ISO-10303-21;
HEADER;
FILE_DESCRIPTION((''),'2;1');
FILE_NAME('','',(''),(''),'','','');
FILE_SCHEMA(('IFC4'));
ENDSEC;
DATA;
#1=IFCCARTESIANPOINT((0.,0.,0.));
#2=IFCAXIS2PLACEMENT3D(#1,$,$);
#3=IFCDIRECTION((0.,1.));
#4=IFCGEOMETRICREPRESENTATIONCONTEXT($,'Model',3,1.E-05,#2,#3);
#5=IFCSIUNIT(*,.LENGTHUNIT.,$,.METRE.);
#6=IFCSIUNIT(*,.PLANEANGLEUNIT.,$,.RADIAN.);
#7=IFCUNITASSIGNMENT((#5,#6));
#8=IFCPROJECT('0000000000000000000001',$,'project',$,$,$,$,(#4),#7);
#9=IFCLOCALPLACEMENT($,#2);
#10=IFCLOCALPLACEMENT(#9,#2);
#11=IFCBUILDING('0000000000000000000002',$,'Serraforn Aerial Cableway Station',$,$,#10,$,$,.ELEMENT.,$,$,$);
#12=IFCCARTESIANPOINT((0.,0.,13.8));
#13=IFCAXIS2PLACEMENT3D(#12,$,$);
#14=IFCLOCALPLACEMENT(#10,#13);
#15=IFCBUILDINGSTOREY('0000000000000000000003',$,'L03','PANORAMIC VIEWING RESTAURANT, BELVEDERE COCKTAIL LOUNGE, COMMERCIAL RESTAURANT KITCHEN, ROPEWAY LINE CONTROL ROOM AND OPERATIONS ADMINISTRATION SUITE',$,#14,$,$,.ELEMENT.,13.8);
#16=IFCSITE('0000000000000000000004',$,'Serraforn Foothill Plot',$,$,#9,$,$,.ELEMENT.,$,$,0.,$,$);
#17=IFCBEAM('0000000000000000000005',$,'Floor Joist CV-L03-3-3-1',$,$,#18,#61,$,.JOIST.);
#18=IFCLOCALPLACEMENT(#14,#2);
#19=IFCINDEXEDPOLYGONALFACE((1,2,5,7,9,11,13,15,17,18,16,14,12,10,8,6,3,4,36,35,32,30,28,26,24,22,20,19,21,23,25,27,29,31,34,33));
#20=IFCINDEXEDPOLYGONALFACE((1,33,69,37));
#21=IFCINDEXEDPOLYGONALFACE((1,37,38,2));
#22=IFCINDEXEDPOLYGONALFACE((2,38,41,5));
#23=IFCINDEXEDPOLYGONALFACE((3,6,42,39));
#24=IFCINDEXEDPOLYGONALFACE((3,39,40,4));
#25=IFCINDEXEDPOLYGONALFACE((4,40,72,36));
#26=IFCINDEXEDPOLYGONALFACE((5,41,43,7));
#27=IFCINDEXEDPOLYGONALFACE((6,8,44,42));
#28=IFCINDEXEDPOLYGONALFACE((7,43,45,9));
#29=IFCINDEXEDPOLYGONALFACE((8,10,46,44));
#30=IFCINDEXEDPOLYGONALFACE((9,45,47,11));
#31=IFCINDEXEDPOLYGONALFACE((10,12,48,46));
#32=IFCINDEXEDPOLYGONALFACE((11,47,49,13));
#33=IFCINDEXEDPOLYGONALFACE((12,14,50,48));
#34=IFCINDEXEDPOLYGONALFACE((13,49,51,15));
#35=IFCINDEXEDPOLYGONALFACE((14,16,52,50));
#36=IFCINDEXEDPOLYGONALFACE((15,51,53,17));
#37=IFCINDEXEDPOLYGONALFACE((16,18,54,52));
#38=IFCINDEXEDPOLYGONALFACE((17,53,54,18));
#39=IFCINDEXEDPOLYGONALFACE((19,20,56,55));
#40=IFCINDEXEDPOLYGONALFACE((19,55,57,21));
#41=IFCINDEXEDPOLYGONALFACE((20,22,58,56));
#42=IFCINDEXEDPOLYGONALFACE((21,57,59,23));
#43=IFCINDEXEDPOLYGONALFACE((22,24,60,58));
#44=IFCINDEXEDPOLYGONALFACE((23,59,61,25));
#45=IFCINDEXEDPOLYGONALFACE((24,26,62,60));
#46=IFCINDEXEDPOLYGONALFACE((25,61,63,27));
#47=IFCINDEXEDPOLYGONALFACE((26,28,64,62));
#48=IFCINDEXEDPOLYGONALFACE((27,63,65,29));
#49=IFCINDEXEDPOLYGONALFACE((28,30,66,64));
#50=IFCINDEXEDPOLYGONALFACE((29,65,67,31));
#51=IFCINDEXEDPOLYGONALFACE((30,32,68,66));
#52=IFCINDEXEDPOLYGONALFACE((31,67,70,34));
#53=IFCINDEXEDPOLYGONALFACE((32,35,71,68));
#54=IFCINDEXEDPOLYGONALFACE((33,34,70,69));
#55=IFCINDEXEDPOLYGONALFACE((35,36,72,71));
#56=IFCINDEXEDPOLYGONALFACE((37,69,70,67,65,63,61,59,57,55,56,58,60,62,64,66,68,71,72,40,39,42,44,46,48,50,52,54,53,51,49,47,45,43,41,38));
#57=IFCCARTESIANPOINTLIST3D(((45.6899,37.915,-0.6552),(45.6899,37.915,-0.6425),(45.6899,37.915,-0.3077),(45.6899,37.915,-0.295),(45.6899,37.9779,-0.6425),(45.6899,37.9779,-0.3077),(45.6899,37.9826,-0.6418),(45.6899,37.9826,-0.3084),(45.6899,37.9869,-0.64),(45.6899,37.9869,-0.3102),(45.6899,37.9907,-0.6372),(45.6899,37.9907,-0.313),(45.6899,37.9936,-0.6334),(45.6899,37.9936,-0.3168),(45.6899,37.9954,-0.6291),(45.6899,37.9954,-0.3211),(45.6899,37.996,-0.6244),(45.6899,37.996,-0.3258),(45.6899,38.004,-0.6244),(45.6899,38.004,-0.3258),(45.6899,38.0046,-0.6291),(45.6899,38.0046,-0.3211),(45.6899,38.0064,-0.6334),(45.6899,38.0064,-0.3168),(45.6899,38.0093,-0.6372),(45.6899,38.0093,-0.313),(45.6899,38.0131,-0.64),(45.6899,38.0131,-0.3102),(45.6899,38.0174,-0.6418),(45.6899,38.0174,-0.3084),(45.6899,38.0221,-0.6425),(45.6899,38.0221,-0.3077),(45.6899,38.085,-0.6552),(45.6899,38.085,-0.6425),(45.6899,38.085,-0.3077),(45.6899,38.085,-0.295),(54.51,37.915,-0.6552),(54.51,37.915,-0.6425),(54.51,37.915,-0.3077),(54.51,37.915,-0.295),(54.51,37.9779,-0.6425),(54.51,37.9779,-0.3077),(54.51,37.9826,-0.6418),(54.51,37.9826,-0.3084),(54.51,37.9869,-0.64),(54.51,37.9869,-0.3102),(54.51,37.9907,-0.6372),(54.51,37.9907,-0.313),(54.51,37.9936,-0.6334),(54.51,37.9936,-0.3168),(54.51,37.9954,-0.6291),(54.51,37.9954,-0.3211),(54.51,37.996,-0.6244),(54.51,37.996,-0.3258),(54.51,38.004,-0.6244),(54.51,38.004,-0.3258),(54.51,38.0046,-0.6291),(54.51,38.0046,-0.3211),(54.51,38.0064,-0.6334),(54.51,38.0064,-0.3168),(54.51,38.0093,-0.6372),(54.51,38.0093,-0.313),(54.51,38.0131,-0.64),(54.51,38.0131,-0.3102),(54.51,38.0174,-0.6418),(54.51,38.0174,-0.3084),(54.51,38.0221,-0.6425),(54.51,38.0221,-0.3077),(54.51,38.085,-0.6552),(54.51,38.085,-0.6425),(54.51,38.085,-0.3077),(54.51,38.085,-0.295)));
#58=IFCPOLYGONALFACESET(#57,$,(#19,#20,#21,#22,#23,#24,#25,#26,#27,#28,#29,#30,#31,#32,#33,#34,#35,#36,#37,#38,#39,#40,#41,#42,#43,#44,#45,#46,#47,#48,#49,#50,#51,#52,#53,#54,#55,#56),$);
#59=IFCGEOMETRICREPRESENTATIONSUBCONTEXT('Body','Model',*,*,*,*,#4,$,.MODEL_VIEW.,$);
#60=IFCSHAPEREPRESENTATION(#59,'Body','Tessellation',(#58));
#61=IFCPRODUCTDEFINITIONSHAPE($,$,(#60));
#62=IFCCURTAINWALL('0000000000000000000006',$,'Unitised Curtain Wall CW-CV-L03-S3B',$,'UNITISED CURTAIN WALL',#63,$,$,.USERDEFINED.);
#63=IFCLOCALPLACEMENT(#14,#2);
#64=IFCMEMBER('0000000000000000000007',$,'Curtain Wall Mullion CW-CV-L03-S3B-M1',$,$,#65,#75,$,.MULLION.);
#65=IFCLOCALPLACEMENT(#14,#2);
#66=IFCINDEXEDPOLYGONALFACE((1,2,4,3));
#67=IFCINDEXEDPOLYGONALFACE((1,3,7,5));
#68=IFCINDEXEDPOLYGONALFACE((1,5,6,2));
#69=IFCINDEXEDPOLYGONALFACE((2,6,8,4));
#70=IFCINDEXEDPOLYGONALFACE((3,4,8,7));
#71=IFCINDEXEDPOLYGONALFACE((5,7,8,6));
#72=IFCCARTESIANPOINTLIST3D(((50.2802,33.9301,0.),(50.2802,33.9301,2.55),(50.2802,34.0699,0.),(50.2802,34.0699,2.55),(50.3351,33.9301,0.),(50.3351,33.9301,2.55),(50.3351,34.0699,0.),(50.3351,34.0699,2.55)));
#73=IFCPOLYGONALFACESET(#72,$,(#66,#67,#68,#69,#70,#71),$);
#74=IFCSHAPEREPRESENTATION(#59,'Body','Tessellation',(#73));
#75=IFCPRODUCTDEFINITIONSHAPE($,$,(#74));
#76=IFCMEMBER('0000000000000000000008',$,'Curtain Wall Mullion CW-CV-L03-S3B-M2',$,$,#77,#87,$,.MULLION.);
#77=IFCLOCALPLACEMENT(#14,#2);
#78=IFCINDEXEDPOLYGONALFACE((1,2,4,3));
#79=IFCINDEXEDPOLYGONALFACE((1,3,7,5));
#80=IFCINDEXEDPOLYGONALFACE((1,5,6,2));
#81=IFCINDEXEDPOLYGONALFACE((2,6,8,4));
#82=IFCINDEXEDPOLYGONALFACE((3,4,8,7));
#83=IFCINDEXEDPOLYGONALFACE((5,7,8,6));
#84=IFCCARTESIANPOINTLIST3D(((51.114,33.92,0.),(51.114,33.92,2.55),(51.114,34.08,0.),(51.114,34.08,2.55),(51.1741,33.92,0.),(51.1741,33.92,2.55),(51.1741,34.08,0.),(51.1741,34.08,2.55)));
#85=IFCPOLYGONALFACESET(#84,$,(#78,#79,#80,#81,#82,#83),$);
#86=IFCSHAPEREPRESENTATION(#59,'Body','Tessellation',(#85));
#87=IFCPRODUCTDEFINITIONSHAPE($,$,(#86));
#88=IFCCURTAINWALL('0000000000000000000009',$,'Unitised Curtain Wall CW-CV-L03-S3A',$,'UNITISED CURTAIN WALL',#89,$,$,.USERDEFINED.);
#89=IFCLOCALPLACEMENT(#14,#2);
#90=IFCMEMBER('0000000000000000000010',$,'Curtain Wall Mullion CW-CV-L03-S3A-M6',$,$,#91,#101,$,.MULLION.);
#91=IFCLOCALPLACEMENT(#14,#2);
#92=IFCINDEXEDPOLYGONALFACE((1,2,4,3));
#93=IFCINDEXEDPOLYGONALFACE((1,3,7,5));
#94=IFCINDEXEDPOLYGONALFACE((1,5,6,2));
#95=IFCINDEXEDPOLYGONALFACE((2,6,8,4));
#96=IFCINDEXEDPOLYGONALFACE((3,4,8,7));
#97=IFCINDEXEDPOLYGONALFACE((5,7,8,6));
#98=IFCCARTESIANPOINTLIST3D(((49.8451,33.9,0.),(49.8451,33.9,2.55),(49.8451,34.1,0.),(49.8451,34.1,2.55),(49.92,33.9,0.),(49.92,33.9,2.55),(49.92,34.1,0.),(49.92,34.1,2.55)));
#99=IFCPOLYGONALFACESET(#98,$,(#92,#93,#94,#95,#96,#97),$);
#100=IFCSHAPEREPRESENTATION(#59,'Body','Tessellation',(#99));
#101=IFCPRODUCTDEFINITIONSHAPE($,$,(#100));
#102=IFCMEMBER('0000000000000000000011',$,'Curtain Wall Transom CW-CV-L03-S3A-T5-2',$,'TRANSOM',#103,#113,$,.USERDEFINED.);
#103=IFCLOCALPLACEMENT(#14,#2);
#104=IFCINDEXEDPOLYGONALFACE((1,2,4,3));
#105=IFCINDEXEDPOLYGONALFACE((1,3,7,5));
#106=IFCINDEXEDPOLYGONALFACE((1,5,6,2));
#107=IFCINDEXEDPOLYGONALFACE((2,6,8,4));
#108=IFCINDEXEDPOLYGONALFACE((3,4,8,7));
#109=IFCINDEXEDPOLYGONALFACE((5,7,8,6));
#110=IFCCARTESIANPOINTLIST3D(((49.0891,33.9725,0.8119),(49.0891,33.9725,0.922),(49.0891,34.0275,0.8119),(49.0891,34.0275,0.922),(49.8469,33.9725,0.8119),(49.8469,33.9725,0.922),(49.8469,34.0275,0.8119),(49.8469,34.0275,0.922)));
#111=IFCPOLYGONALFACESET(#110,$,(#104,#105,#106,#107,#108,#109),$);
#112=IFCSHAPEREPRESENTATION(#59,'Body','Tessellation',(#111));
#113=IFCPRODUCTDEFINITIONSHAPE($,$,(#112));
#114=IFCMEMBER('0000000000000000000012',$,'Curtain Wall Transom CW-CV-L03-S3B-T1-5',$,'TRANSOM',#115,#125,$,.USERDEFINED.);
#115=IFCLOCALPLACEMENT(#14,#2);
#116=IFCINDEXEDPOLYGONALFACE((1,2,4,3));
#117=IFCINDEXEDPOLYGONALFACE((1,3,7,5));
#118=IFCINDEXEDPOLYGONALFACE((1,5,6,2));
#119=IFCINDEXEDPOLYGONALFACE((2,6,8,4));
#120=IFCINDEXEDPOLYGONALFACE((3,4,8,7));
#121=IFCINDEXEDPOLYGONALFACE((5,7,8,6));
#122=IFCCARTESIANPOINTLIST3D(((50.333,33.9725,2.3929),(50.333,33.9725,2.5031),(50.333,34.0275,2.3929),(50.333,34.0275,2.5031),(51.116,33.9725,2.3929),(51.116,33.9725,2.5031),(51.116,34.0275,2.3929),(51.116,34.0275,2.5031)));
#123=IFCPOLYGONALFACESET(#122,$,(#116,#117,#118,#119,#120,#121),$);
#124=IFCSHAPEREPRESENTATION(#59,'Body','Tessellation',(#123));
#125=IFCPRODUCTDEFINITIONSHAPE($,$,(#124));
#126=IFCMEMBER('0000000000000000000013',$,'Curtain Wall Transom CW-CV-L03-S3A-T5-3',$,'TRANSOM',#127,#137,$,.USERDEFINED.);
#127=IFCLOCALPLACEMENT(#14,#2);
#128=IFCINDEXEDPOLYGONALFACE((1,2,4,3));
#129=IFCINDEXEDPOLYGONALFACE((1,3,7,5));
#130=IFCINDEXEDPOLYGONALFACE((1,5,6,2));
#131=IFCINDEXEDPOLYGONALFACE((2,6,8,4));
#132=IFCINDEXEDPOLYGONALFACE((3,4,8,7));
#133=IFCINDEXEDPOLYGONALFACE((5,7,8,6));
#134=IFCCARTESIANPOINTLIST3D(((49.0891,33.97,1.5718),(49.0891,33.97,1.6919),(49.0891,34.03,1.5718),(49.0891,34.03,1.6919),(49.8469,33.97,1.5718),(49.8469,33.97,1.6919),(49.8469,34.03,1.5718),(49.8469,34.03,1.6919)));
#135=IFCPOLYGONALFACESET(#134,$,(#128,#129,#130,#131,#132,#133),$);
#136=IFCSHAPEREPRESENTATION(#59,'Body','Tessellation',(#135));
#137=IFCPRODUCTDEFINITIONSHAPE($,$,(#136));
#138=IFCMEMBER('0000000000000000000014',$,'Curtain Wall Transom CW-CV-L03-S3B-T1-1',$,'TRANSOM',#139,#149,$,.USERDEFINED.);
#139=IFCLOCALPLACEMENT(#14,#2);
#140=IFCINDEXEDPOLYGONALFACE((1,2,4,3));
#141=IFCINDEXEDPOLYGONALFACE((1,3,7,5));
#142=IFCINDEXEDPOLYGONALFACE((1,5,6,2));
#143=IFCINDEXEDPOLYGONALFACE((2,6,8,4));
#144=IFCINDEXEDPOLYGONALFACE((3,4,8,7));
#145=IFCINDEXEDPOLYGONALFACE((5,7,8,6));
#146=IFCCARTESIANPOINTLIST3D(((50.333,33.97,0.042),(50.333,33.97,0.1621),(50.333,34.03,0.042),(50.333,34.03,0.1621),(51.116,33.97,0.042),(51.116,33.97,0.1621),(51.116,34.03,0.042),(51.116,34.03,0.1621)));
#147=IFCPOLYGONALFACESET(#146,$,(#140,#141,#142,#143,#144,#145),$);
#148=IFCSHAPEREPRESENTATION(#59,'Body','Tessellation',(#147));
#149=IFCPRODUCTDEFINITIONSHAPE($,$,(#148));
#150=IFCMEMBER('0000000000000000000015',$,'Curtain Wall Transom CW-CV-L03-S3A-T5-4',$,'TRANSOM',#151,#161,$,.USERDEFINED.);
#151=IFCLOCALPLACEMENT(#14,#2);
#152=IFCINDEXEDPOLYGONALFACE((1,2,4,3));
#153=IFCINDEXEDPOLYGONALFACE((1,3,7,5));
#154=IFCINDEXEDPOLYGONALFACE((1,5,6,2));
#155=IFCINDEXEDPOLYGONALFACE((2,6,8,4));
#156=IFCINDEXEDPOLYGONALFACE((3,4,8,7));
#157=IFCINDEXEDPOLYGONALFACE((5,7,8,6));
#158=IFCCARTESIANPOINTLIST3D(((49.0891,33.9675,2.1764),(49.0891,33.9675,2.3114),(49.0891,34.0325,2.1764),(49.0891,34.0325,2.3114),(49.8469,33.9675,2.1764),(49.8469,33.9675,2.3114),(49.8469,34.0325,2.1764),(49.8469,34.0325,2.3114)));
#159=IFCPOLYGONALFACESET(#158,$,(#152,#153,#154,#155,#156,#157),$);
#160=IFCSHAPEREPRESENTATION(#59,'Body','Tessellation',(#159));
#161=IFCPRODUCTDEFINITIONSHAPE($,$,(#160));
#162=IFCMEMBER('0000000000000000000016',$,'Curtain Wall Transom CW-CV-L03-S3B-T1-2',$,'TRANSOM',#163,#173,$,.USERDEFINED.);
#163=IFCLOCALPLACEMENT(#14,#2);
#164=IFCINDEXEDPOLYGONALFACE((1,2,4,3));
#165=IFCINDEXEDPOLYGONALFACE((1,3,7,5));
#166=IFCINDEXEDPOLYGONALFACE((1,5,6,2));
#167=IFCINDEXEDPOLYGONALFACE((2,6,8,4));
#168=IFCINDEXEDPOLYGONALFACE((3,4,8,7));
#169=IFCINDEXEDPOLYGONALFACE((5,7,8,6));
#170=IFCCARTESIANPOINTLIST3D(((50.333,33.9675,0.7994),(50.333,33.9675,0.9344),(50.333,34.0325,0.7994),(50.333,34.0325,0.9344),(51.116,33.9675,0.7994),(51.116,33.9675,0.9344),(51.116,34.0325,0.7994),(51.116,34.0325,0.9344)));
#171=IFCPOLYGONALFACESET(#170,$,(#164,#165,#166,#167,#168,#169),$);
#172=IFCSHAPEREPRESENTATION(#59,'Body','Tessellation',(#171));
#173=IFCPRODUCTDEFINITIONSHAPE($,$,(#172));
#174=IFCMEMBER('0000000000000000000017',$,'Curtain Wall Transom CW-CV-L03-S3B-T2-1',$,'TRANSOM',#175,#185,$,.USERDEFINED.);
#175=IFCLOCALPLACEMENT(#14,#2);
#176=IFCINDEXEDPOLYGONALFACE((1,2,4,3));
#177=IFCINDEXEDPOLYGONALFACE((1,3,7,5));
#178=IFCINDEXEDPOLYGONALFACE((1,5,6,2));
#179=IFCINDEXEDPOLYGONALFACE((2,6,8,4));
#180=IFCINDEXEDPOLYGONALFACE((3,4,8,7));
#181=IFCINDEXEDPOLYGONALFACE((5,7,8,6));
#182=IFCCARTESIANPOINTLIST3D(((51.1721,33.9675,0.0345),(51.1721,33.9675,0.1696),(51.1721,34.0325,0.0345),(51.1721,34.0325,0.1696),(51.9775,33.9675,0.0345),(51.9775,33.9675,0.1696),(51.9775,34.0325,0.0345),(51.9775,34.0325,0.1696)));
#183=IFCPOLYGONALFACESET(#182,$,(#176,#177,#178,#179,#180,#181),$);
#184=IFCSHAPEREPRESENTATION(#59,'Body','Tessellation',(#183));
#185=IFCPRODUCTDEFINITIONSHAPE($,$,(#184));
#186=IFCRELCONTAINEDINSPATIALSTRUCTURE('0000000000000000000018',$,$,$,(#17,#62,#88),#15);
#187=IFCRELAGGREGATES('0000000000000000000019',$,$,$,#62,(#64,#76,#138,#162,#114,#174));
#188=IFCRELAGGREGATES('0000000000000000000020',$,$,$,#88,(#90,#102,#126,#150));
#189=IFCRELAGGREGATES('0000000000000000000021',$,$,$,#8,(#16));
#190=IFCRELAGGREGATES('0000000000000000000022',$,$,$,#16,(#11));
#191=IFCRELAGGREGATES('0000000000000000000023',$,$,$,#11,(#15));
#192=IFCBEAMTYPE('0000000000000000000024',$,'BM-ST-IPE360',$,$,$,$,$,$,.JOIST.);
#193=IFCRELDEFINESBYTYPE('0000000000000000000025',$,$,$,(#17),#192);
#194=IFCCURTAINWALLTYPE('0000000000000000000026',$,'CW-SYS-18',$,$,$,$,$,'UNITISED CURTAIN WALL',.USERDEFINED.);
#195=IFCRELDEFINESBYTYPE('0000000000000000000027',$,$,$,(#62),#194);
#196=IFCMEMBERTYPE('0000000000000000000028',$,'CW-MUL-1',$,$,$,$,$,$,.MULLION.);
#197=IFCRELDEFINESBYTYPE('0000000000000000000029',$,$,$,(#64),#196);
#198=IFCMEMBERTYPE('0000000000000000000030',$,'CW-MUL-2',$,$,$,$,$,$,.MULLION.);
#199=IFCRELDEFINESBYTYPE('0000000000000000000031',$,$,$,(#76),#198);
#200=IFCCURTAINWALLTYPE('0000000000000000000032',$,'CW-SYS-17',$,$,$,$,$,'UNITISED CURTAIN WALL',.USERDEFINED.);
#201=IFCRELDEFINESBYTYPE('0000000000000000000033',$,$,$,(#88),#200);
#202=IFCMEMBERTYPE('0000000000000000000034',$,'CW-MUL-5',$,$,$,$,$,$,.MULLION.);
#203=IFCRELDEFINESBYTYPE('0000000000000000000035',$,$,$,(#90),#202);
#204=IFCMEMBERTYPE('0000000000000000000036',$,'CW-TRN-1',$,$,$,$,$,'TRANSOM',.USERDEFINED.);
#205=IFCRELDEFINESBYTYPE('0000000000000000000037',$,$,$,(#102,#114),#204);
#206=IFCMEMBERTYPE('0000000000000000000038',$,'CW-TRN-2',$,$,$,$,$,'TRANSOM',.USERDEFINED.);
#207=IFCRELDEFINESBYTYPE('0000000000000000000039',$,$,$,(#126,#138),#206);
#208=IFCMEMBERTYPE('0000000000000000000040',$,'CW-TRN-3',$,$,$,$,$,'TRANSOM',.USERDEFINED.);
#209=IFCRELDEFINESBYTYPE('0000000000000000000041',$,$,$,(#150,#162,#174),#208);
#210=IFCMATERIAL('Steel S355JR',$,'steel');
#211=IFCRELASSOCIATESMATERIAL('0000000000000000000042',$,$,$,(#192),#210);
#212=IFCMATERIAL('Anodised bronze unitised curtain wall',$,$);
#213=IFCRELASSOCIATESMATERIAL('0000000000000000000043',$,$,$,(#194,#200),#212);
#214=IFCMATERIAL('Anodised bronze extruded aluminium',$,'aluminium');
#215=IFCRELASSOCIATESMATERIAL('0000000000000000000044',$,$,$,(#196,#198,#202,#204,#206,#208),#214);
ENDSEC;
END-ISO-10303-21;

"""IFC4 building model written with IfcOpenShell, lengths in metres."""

from ifc_helpers import new_model, si_unit, direction, frame, origin, origin_2d, place, context, subcontext, project, spatial, rectangle, i_section, extrude, material, material_profile, profile_set, type_object, element, aggregate, save


model = new_model("IFC4")

# Units and contexts
model_context = context("Model", 3, precision=1e-05, world=origin(), true_north=direction((0.0, 1.0)))
body_context = subcontext(model_context, "Body", "Model", "MODEL_VIEW")
ifc_project = project(units=[si_unit("LENGTHUNIT", "METRE"), si_unit("PLANEANGLEUNIT", "RADIAN")], contexts=[model_context])

# Site, building, storey
site_placement = place(None, origin())
site = spatial("IfcSite", under=ifc_project, at=site_placement, Name="Serraforn Foothill Plot", CompositionType="ELEMENT", RefElevation=0.0)
building_placement = place(site_placement, origin())
building = spatial("IfcBuilding", under=site, at=building_placement, Name="Serraforn Aerial Cableway Station", CompositionType="ELEMENT")
storey_placement = place(building_placement, frame((0.0, 0.0, 13.8)))
storey = spatial("IfcBuildingStorey", under=building, at=storey_placement, Name="L03", Description="PANORAMIC VIEWING RESTAURANT, BELVEDERE COCKTAIL LOUNGE, COMMERCIAL RESTAURANT KITCHEN, ROPEWAY LINE CONTROL ROOM AND OPERATIONS ADMINISTRATION SUITE", CompositionType="ELEMENT", Elevation=13.8)

# Beam
ifc_material_1 = material(Name="Steel S355JR", Category="steel")
ifc_material_profile_1 = material_profile(ifc_material_1, i_section(OverallWidth=0.1699, OverallDepth=0.3601, WebThickness=0.0081, FlangeThickness=0.0127, FilletRadius=0.0181, at=origin_2d()), Name="IPE 360")
ifc_profile_set_1 = profile_set([ifc_material_profile_1], Name="Steel S355JR")
beam_type = type_object("IfcBeamType", Name="BM-ST-IPE360", PredefinedType="JOIST", material=ifc_profile_set_1)
beam_placement = place(storey_placement, frame((45.6899, 38.0, -0.4751), z_axis=(1.0, 0.0, 0.0), x_axis=(0.0, 1.0, 0.0)))
element("IfcBeam", 1, at=beam_placement, inside=storey, type_object=beam_type, Name="Floor Joist CV-L03-3-3-1", PredefinedType="JOIST", context=body_context, shape_type="SweptSolid", body=[
    extrude(i_section(OverallWidth=0.1699, OverallDepth=0.3601, WebThickness=0.0081, FlangeThickness=0.0127, FilletRadius=0.0181, at=origin_2d()), origin(), (0.0, 0.0, 1.0), 8.8201),
])

# Curtain walls, members
ifc_material_2 = material(Name="Anodised bronze unitised curtain wall")
curtain_wall_type_1 = type_object("IfcCurtainWallType", Name="CW-SYS-18", ElementType="UNITISED CURTAIN WALL", PredefinedType="USERDEFINED", material=ifc_material_2)
curtain_wall_1_placement = place(storey_placement, origin())
curtain_wall_1 = element("IfcCurtainWall", 2, at=curtain_wall_1_placement, inside=storey, type_object=curtain_wall_type_1, Name="Unitised Curtain Wall CW-CV-L03-S3B", ObjectType="UNITISED CURTAIN WALL", PredefinedType="USERDEFINED")
ifc_material_3 = material(Name="Anodised bronze extruded aluminium", Category="aluminium")
ifc_material_profile_2 = material_profile(ifc_material_3, rectangle(XDim=0.0549, YDim=0.1399, at=origin_2d()), Name="CW MULLION 55x140")
ifc_profile_set_2 = profile_set([ifc_material_profile_2], Name="Anodised bronze extruded aluminium")
member_type_1 = type_object("IfcMemberType", Name="CW-MUL-1", PredefinedType="MULLION", material=ifc_profile_set_2)
member_1_placement = place(storey_placement, frame((50.3076, 34.0, 0.0), z_axis=(0.0, 0.0, 1.0), x_axis=(1.0, 0.0, 0.0)))
member_1 = element("IfcMember", 3, at=member_1_placement, type_object=member_type_1, Name="Curtain Wall Mullion CW-CV-L03-S3B-M1", PredefinedType="MULLION", context=body_context, shape_type="SweptSolid", body=[
    extrude(rectangle(XDim=0.0549, YDim=0.1399, at=origin_2d()), origin(), (0.0, 0.0, 1.0), 2.55),
])
ifc_material_profile_3 = material_profile(ifc_material_3, rectangle(XDim=0.0601, YDim=0.1599, at=origin_2d()), Name="CW MULLION 60x160")
ifc_profile_set_3 = profile_set([ifc_material_profile_3], Name="Anodised bronze extruded aluminium")
member_type_2 = type_object("IfcMemberType", Name="CW-MUL-2", PredefinedType="MULLION", material=ifc_profile_set_3)
member_2_placement = place(storey_placement, frame((51.144, 34.0, 0.0), z_axis=(0.0, 0.0, 1.0), x_axis=(1.0, 0.0, 0.0)))
member_2 = element("IfcMember", 4, at=member_2_placement, type_object=member_type_2, Name="Curtain Wall Mullion CW-CV-L03-S3B-M2", PredefinedType="MULLION", context=body_context, shape_type="SweptSolid", body=[
    extrude(rectangle(XDim=0.0601, YDim=0.1599, at=origin_2d()), origin(), (0.0, 0.0, 1.0), 2.55),
])
curtain_wall_type_2 = type_object("IfcCurtainWallType", Name="CW-SYS-17", ElementType="UNITISED CURTAIN WALL", PredefinedType="USERDEFINED", material=ifc_material_2)
curtain_wall_2_placement = place(storey_placement, origin())
curtain_wall_2 = element("IfcCurtainWall", 5, at=curtain_wall_2_placement, inside=storey, type_object=curtain_wall_type_2, Name="Unitised Curtain Wall CW-CV-L03-S3A", ObjectType="UNITISED CURTAIN WALL", PredefinedType="USERDEFINED")
ifc_material_profile_4 = material_profile(ifc_material_3, rectangle(XDim=0.075, YDim=0.2, at=origin_2d()), Name="CW MULLION 75x200")
ifc_profile_set_4 = profile_set([ifc_material_profile_4], Name="Anodised bronze extruded aluminium")
member_type_3 = type_object("IfcMemberType", Name="CW-MUL-5", PredefinedType="MULLION", material=ifc_profile_set_4)
member_3_placement = place(storey_placement, frame((49.8826, 34.0, 0.0), z_axis=(0.0, 0.0, 1.0), x_axis=(1.0, 0.0, 0.0)))
member_3 = element("IfcMember", 6, at=member_3_placement, type_object=member_type_3, Name="Curtain Wall Mullion CW-CV-L03-S3A-M6", PredefinedType="MULLION", context=body_context, shape_type="SweptSolid", body=[
    extrude(rectangle(XDim=0.075, YDim=0.2, at=origin_2d()), origin(), (0.0, 0.0, 1.0), 2.55),
])
ifc_material_profile_5 = material_profile(ifc_material_3, rectangle(XDim=0.0549, YDim=0.1101, at=origin_2d()), Name="CW TRANSOM 55x110")
ifc_profile_set_5 = profile_set([ifc_material_profile_5], Name="Anodised bronze extruded aluminium")
member_type_4 = type_object("IfcMemberType", Name="CW-TRN-1", ElementType="TRANSOM", PredefinedType="USERDEFINED", material=ifc_profile_set_5)
member_4_placement = place(storey_placement, frame((49.0891, 34.0, 0.8669), z_axis=(1.0, 0.0, 0.0), x_axis=(0.0, 1.0, 0.0)))
member_4 = element("IfcMember", 7, at=member_4_placement, type_object=member_type_4, Name="Curtain Wall Transom CW-CV-L03-S3A-T5-2", ObjectType="TRANSOM", PredefinedType="USERDEFINED", context=body_context, shape_type="SweptSolid", body=[
    extrude(rectangle(XDim=0.0549, YDim=0.1101, at=origin_2d()), origin(), (0.0, 0.0, 1.0), 0.7578),
])

# Members
member_5_placement = place(storey_placement, frame((50.333, 34.0, 2.448), z_axis=(1.0, 0.0, 0.0), x_axis=(0.0, 1.0, 0.0)))
member_5 = element("IfcMember", 8, at=member_5_placement, type_object=member_type_4, Name="Curtain Wall Transom CW-CV-L03-S3B-T1-5", ObjectType="TRANSOM", PredefinedType="USERDEFINED", context=body_context, shape_type="SweptSolid", body=[
    extrude(rectangle(XDim=0.0549, YDim=0.1101, at=origin_2d()), origin(), (0.0, 0.0, 1.0), 0.783),
])
ifc_material_profile_6 = material_profile(ifc_material_3, rectangle(XDim=0.0601, YDim=0.1201, at=origin_2d()), Name="CW TRANSOM 60x120")
ifc_profile_set_6 = profile_set([ifc_material_profile_6], Name="Anodised bronze extruded aluminium")
member_type_5 = type_object("IfcMemberType", Name="CW-TRN-2", ElementType="TRANSOM", PredefinedType="USERDEFINED", material=ifc_profile_set_6)
member_6_placement = place(storey_placement, frame((49.0891, 34.0, 1.6318), z_axis=(1.0, 0.0, 0.0), x_axis=(0.0, 1.0, 0.0)))
member_6 = element("IfcMember", 9, at=member_6_placement, type_object=member_type_5, Name="Curtain Wall Transom CW-CV-L03-S3A-T5-3", ObjectType="TRANSOM", PredefinedType="USERDEFINED", context=body_context, shape_type="SweptSolid", body=[
    extrude(rectangle(XDim=0.0601, YDim=0.1201, at=origin_2d()), origin(), (0.0, 0.0, 1.0), 0.7578),
])
member_7_placement = place(storey_placement, frame((50.333, 34.0, 0.1021), z_axis=(1.0, 0.0, 0.0), x_axis=(0.0, 1.0, 0.0)))
member_7 = element("IfcMember", 10, at=member_7_placement, type_object=member_type_5, Name="Curtain Wall Transom CW-CV-L03-S3B-T1-1", ObjectType="TRANSOM", PredefinedType="USERDEFINED", context=body_context, shape_type="SweptSolid", body=[
    extrude(rectangle(XDim=0.0601, YDim=0.1201, at=origin_2d()), origin(), (0.0, 0.0, 1.0), 0.783),
])
ifc_material_profile_7 = material_profile(ifc_material_3, rectangle(XDim=0.0649, YDim=0.135, at=origin_2d()), Name="CW TRANSOM 65x135")
ifc_profile_set_7 = profile_set([ifc_material_profile_7], Name="Anodised bronze extruded aluminium")
member_type_6 = type_object("IfcMemberType", Name="CW-TRN-3", ElementType="TRANSOM", PredefinedType="USERDEFINED", material=ifc_profile_set_7)
member_8_placement = place(storey_placement, frame((49.0891, 34.0, 2.2439), z_axis=(1.0, 0.0, 0.0), x_axis=(0.0, 1.0, 0.0)))
member_8 = element("IfcMember", 11, at=member_8_placement, type_object=member_type_6, Name="Curtain Wall Transom CW-CV-L03-S3A-T5-4", ObjectType="TRANSOM", PredefinedType="USERDEFINED", context=body_context, shape_type="SweptSolid", body=[
    extrude(rectangle(XDim=0.0649, YDim=0.135, at=origin_2d()), origin(), (0.0, 0.0, 1.0), 0.7578),
])
member_9_placement = place(storey_placement, frame((50.333, 34.0, 0.8669), z_axis=(1.0, 0.0, 0.0), x_axis=(0.0, 1.0, 0.0)))
member_9 = element("IfcMember", 12, at=member_9_placement, type_object=member_type_6, Name="Curtain Wall Transom CW-CV-L03-S3B-T1-2", ObjectType="TRANSOM", PredefinedType="USERDEFINED", context=body_context, shape_type="SweptSolid", body=[
    extrude(rectangle(XDim=0.0649, YDim=0.135, at=origin_2d()), origin(), (0.0, 0.0, 1.0), 0.783),
])
member_10_placement = place(storey_placement, frame((51.1721, 34.0, 0.1021), z_axis=(1.0, 0.0, 0.0), x_axis=(0.0, 1.0, 0.0)))
member_10 = element("IfcMember", 13, at=member_10_placement, type_object=member_type_6, Name="Curtain Wall Transom CW-CV-L03-S3B-T2-1", ObjectType="TRANSOM", PredefinedType="USERDEFINED", context=body_context, shape_type="SweptSolid", body=[
    extrude(rectangle(XDim=0.0649, YDim=0.135, at=origin_2d()), origin(), (0.0, 0.0, 1.0), 0.8054),
])

aggregate(curtain_wall_1, [member_1, member_2, member_7, member_9, member_5, member_10])
aggregate(curtain_wall_2, [member_3, member_4, member_6, member_8])

save(model, "model.ifc")
